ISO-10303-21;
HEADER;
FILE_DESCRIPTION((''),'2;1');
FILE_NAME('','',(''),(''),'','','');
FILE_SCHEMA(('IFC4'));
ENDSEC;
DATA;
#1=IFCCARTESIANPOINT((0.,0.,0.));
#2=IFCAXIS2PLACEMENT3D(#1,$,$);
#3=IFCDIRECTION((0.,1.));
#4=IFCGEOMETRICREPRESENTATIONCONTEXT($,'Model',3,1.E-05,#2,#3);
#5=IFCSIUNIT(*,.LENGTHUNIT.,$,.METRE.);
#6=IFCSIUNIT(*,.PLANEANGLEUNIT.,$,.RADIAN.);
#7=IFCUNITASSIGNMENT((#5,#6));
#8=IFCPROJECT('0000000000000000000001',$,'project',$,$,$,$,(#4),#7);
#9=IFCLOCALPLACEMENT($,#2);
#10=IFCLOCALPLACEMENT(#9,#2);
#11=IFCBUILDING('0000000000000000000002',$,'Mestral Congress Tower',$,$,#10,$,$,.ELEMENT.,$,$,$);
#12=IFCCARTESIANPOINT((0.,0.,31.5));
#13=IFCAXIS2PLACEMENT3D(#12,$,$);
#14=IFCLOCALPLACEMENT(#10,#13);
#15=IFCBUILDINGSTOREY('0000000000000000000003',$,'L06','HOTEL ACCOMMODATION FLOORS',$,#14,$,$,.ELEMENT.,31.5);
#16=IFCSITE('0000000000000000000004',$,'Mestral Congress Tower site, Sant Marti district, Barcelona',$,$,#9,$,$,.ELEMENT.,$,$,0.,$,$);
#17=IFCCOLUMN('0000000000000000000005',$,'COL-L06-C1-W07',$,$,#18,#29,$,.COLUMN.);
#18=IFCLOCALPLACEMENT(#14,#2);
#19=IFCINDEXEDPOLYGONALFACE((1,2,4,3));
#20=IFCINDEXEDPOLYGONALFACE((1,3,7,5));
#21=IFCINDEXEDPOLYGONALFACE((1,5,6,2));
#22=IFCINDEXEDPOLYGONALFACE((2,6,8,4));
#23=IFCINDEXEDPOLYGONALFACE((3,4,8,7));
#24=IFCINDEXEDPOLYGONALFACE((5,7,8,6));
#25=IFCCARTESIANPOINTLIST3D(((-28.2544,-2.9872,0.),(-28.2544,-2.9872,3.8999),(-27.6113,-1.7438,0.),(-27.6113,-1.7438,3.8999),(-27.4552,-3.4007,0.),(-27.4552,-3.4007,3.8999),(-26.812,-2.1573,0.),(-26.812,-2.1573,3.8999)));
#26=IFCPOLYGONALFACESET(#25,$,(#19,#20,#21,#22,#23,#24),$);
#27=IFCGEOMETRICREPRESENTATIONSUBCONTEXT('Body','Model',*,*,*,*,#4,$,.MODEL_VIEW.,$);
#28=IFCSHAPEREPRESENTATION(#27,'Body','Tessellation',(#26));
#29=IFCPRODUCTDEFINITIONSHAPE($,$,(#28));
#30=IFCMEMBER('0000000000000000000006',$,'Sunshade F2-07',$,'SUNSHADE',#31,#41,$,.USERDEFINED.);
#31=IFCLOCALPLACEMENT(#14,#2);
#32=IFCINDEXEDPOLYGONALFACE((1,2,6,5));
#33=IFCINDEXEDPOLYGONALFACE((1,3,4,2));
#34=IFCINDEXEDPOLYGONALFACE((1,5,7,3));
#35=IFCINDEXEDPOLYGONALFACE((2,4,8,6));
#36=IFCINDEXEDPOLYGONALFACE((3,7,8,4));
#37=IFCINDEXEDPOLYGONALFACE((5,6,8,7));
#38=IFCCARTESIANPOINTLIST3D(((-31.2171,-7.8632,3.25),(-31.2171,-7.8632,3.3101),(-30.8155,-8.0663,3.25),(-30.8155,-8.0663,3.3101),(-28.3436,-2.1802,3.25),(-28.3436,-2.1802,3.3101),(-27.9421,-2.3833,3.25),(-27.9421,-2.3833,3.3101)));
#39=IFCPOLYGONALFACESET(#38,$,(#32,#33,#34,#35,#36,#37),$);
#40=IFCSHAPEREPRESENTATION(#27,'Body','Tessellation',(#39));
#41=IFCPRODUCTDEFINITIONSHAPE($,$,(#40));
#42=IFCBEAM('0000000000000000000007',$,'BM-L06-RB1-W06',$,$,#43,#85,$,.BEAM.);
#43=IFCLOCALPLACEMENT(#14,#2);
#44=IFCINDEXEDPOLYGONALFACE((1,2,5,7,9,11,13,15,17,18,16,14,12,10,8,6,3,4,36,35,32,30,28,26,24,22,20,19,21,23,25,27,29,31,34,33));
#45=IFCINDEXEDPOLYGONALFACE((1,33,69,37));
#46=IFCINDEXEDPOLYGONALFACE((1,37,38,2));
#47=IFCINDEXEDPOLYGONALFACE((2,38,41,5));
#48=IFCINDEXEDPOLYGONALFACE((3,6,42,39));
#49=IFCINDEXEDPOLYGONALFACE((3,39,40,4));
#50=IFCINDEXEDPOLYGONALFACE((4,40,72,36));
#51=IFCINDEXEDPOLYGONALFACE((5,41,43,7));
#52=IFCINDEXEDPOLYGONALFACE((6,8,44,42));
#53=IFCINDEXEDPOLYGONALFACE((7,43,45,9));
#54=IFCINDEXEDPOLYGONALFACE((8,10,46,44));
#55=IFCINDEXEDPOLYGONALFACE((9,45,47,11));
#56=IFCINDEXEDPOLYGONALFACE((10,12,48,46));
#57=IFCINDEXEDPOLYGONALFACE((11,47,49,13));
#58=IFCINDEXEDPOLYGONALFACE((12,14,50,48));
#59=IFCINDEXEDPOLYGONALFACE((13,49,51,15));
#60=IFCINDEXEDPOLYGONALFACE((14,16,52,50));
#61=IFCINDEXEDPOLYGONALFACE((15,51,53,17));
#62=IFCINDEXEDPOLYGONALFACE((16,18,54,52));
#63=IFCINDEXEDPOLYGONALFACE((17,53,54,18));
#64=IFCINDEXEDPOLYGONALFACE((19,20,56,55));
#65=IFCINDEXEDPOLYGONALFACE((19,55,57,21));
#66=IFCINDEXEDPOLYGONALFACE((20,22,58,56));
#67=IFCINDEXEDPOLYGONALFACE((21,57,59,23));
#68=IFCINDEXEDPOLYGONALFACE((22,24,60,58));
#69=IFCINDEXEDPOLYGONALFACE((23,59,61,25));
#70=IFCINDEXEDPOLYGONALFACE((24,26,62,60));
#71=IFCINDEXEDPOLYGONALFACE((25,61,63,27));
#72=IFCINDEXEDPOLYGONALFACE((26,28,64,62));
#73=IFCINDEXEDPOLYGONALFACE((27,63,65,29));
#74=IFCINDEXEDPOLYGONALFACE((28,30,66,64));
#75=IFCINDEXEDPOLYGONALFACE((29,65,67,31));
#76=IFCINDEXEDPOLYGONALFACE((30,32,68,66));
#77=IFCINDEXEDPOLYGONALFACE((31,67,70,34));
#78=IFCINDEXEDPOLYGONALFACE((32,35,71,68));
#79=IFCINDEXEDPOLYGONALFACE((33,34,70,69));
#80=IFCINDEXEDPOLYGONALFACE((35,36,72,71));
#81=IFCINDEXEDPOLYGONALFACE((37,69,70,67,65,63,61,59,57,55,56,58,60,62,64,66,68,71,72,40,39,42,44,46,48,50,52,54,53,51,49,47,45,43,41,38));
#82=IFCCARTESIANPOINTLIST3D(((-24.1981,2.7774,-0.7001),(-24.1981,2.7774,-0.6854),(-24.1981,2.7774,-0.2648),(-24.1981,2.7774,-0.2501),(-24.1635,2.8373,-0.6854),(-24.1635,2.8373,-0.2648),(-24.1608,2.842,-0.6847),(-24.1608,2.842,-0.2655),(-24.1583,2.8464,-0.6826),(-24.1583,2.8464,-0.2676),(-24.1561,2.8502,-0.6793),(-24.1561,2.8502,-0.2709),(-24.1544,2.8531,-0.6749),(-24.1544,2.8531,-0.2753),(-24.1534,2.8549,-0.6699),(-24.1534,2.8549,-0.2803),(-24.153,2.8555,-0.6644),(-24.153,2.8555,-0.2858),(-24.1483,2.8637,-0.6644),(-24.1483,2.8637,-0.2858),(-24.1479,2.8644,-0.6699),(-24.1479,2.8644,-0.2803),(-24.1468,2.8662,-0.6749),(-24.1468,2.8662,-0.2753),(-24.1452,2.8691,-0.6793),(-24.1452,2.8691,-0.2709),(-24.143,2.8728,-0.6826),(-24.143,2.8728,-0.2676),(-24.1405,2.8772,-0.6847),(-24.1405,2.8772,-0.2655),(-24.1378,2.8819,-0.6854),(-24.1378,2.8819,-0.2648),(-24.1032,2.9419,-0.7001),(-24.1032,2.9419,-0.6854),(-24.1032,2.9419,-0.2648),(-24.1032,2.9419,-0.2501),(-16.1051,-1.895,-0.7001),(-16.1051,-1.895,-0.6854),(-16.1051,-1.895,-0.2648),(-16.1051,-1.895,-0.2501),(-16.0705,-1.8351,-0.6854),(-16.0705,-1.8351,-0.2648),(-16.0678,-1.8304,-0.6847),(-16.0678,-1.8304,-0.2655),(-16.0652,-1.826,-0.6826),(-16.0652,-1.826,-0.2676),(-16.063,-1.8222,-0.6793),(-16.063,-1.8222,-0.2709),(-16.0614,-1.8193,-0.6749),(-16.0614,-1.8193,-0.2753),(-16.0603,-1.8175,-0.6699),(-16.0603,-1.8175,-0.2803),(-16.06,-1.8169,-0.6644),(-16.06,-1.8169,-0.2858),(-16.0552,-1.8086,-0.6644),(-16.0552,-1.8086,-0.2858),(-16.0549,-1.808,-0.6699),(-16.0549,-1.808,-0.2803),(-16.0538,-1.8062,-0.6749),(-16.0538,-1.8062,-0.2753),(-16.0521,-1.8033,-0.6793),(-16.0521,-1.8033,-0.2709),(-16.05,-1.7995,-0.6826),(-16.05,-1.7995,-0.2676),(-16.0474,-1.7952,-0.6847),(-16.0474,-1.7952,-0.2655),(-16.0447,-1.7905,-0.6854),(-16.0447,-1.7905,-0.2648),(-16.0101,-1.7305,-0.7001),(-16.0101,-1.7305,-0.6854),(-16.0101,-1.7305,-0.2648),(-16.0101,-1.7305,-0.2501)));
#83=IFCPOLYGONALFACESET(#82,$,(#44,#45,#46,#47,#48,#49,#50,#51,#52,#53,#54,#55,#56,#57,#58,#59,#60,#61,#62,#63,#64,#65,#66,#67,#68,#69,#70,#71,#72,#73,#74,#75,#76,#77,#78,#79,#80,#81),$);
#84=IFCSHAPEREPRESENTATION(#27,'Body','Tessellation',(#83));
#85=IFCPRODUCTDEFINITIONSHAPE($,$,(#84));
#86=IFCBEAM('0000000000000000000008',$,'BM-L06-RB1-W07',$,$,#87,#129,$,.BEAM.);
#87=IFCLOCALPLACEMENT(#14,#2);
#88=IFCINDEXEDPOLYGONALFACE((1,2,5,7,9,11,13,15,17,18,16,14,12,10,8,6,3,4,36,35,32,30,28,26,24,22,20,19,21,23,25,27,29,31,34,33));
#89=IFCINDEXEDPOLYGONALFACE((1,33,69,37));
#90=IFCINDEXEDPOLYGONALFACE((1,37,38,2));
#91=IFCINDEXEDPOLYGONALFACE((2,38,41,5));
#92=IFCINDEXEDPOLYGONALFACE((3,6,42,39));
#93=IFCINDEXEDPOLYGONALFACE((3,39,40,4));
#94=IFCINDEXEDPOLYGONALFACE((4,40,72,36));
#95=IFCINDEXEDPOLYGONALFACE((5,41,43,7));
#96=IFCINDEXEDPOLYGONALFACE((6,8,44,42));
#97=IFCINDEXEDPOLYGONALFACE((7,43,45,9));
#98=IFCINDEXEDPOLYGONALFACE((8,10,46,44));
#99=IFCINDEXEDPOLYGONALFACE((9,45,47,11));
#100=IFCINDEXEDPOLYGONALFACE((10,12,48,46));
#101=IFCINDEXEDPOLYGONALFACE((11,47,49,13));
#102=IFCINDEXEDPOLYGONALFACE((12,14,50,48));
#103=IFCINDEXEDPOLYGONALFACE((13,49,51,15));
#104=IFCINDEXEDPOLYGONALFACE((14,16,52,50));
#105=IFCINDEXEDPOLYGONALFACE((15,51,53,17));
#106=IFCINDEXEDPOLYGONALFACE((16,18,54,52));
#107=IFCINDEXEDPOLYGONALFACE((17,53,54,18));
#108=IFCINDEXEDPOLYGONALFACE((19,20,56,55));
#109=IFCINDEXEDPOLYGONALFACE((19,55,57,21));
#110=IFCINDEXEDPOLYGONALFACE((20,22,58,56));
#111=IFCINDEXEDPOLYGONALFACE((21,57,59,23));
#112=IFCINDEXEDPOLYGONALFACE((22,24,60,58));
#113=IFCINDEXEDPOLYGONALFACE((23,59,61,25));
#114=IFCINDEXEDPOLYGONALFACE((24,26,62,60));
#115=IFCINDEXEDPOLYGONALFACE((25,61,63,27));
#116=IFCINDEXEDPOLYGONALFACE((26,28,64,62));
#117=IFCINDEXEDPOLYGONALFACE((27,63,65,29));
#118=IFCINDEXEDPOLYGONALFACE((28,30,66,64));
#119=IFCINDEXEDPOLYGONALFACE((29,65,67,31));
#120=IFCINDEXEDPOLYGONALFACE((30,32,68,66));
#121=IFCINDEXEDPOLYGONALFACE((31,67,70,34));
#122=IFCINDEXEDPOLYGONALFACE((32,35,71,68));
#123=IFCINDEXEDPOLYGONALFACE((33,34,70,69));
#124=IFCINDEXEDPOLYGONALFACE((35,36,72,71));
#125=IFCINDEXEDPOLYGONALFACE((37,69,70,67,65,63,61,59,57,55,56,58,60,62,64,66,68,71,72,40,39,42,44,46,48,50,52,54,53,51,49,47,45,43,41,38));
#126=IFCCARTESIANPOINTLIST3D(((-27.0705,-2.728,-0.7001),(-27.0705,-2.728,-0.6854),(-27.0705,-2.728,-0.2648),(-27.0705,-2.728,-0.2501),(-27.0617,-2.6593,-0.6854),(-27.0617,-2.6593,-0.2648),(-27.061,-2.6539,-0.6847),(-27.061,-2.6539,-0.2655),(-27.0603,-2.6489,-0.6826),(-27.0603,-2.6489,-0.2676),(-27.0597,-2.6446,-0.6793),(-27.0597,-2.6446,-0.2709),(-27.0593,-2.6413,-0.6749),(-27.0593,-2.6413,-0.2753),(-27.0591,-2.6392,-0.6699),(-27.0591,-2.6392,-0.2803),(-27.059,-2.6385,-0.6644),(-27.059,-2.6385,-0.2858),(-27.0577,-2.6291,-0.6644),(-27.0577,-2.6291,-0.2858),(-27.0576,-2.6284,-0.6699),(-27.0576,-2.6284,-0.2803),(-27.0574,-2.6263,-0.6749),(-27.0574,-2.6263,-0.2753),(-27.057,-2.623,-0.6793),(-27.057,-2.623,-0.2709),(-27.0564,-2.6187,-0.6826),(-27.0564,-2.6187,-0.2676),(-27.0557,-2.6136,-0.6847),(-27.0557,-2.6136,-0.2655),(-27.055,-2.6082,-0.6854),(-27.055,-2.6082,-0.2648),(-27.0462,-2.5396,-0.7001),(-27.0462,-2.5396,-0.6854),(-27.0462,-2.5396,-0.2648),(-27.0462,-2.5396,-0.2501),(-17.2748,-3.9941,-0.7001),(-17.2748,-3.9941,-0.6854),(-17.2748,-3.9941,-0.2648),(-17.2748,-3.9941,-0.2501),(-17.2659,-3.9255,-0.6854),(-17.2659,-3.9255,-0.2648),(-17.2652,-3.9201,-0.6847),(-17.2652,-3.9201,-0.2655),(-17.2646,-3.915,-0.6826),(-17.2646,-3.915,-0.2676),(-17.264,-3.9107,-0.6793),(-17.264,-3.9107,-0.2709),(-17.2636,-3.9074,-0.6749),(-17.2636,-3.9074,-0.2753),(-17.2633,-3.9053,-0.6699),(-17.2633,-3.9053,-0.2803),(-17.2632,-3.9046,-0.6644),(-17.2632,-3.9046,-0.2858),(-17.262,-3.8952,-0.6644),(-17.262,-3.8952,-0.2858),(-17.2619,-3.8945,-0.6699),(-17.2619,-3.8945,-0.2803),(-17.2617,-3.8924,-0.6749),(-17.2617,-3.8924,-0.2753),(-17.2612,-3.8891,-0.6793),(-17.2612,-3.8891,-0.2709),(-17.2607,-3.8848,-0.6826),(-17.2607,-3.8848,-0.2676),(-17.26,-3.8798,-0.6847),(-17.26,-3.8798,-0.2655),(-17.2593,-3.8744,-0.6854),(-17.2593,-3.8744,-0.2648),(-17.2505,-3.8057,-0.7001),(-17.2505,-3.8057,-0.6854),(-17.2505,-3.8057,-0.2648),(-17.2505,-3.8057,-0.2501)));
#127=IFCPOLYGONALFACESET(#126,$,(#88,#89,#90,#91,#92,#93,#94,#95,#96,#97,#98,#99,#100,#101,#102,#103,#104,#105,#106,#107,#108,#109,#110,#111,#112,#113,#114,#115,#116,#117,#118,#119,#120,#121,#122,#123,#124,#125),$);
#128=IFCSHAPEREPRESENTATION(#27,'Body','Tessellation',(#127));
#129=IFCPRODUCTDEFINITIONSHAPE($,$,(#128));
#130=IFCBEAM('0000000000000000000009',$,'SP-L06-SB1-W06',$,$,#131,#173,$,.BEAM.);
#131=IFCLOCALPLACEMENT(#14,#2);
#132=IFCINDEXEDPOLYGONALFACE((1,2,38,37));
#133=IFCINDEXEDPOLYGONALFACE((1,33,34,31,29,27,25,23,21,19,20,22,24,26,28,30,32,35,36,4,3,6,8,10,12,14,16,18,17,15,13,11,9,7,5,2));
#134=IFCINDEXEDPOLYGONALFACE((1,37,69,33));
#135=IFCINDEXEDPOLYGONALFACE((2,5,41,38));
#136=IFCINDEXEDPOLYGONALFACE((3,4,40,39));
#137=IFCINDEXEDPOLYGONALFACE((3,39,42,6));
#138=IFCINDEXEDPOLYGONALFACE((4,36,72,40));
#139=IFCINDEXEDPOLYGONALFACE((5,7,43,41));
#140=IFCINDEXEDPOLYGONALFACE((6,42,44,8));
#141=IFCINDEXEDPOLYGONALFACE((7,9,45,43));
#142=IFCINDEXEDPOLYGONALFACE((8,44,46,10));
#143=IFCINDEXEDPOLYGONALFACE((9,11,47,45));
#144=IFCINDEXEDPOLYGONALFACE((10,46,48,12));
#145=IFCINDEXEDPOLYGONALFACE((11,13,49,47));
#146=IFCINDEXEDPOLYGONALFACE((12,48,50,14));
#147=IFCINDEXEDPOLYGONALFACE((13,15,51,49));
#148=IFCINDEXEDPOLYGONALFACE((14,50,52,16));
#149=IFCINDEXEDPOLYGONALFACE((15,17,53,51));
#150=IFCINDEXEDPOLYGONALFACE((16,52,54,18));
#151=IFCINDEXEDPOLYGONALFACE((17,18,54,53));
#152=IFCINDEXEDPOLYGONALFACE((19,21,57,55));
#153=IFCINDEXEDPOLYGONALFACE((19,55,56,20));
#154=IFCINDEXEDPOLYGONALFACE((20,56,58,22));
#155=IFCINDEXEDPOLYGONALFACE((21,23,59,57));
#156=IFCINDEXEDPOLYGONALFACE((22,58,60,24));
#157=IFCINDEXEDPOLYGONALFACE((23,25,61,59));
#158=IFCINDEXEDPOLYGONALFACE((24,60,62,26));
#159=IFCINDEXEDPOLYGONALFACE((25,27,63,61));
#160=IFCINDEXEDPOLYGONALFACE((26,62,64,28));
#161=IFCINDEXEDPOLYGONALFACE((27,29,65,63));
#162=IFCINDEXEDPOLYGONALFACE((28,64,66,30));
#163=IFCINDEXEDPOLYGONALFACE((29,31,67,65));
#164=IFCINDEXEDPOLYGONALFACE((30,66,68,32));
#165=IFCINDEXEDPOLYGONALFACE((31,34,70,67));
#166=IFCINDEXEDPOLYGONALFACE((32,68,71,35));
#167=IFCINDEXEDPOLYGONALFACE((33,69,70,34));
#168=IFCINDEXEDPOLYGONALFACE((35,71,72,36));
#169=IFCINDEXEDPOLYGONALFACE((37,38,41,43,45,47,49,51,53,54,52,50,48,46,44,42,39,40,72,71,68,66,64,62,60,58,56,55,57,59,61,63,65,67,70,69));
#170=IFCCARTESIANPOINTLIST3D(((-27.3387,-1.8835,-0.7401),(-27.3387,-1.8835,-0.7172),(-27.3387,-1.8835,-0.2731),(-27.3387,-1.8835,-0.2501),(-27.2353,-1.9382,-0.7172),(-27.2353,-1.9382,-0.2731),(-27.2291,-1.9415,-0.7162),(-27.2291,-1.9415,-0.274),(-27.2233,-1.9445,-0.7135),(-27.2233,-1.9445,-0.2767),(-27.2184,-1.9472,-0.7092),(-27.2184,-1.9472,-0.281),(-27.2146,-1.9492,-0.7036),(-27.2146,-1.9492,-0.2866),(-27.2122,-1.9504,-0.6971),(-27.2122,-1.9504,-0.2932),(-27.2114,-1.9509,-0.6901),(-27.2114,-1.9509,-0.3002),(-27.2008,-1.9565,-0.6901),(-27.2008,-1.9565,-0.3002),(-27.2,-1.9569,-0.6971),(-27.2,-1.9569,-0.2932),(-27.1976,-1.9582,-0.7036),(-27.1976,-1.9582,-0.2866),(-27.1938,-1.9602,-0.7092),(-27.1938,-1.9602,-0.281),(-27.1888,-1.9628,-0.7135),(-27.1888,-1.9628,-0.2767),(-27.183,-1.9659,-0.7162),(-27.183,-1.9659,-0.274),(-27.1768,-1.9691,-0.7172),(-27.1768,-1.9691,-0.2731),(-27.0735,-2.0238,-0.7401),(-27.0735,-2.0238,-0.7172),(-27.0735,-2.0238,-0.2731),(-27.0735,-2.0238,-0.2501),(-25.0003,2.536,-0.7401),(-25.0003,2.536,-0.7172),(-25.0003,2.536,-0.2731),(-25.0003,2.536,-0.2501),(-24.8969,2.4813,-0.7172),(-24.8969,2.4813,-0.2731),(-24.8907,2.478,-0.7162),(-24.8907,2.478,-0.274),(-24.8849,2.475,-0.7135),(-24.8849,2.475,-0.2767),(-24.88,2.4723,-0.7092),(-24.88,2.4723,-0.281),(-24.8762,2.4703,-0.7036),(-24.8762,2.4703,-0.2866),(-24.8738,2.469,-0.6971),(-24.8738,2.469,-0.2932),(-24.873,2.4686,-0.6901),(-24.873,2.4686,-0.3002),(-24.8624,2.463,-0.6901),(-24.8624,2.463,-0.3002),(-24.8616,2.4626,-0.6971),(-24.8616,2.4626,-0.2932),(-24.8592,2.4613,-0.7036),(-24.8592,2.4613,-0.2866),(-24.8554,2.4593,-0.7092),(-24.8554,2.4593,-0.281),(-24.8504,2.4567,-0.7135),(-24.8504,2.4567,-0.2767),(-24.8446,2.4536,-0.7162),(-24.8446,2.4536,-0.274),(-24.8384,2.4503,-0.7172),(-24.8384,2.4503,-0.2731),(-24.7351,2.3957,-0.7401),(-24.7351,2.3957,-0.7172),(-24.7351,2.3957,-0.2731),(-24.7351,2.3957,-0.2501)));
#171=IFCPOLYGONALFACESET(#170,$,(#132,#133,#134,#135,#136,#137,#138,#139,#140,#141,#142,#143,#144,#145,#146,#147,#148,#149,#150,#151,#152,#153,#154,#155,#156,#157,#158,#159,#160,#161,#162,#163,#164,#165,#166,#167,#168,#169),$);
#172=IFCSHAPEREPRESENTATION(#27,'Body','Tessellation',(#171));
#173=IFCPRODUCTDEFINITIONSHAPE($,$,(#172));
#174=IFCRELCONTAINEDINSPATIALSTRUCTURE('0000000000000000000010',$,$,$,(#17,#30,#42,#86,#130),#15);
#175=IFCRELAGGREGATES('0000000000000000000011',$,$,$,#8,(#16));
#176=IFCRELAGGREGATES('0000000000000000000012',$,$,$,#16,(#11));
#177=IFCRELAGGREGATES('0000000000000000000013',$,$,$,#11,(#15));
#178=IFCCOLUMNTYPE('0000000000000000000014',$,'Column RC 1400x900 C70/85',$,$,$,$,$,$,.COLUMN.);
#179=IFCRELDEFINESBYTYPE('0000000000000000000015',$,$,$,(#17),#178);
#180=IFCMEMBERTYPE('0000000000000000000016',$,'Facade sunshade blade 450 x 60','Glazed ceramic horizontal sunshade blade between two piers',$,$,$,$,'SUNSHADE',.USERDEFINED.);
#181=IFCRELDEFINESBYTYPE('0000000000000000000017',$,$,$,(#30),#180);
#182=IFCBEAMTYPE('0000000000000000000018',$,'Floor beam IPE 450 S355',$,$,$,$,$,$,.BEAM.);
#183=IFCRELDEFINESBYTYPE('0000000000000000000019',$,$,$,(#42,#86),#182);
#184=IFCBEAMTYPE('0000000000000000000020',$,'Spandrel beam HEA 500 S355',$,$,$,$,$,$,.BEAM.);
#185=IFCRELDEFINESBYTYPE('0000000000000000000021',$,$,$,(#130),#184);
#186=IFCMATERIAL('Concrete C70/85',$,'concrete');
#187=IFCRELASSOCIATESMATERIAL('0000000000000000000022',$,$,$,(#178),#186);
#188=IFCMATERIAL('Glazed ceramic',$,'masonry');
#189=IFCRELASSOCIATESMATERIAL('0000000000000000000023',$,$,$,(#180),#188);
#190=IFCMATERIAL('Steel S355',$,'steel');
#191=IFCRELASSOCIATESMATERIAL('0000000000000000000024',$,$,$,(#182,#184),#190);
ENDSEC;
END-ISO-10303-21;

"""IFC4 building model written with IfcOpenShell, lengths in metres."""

from ifc_helpers import new_model, si_unit, direction, frame, origin, origin_2d, place, context, subcontext, project, spatial, rectangle, i_section, extrude, material, material_profile, profile_set, type_object, element, save


model = new_model("IFC4")

# Units and contexts
model_context = context("Model", 3, precision=1e-05, world=origin(), true_north=direction((0.0, 1.0)))
body_context = subcontext(model_context, "Body", "Model", "MODEL_VIEW")
ifc_project = project(units=[si_unit("LENGTHUNIT", "METRE"), si_unit("PLANEANGLEUNIT", "RADIAN")], contexts=[model_context])

# Site, building, storey
site_placement = place(None, origin())
site = spatial("IfcSite", under=ifc_project, at=site_placement, Name="Mestral Congress Tower site, Sant Marti district, Barcelona", CompositionType="ELEMENT", RefElevation=0.0)
building_placement = place(site_placement, origin())
building = spatial("IfcBuilding", under=site, at=building_placement, Name="Mestral Congress Tower", CompositionType="ELEMENT")
storey_placement = place(building_placement, frame((0.0, 0.0, 31.5)))
storey = spatial("IfcBuildingStorey", under=building, at=storey_placement, Name="L06", Description="HOTEL ACCOMMODATION FLOORS", CompositionType="ELEMENT", Elevation=31.5)

# Column
ifc_material_1 = material(Name="Concrete C70/85", Category="concrete")
ifc_material_profile_1 = material_profile(ifc_material_1, rectangle(XDim=1.3999, YDim=0.8999, at=origin_2d()), Name="RC 1400x900")
ifc_profile_set_1 = profile_set([ifc_material_profile_1], Name="Concrete C70/85")
column_type = type_object("IfcColumnType", Name="Column RC 1400x900 C70/85", PredefinedType="COLUMN", material=ifc_profile_set_1)
column_placement = place(storey_placement, frame((-27.5332, -2.5723, 0.0), z_axis=(0.0, 0.0, 1.0), x_axis=(-0.459456, -0.888201, 0.0)))
element("IfcColumn", 1, at=column_placement, inside=storey, type_object=column_type, Name="COL-L06-C1-W07", PredefinedType="COLUMN", context=body_context, shape_type="SweptSolid", body=[
    extrude(rectangle(XDim=1.3999, YDim=0.8999, at=origin_2d()), origin(), (0.0, 0.0, 1.0), 3.8999),
])

# Member
ifc_material_2 = material(Name="Glazed ceramic", Category="masonry")
ifc_material_profile_2 = material_profile(ifc_material_2, rectangle(XDim=0.45, YDim=0.0601, at=origin_2d()), Name="Ceramic blade 450 x 60")
ifc_profile_set_2 = profile_set([ifc_material_profile_2], Name="Glazed ceramic")
member_type = type_object("IfcMemberType", Name="Facade sunshade blade 450 x 60", Description="Glazed ceramic horizontal sunshade blade between two piers", ElementType="SUNSHADE", PredefinedType="USERDEFINED", material=ifc_profile_set_2)
member_placement = place(storey_placement, frame((-28.1428, -2.2817, 3.28), z_axis=(-0.451227, -0.892409, 0.0), x_axis=(0.892409, -0.451227, 0.0)))
element("IfcMember", 2, at=member_placement, inside=storey, type_object=member_type, Name="Sunshade F2-07", ObjectType="SUNSHADE", PredefinedType="USERDEFINED", context=body_context, shape_type="SweptSolid", body=[
    extrude(rectangle(XDim=0.45, YDim=0.0601, at=origin_2d()), origin(), (0.0, 0.0, 1.0), 6.3682),
])

# Beams
ifc_material_3 = material(Name="Steel S355", Category="steel")
ifc_material_profile_3 = material_profile(ifc_material_3, i_section(OverallWidth=0.1899, OverallDepth=0.45, WebThickness=0.0095, FlangeThickness=0.0146, FilletRadius=0.021, at=origin_2d()), Name="IPE 450")
ifc_profile_set_3 = profile_set([ifc_material_profile_3], Name="Steel S355")
beam_type_1 = type_object("IfcBeamType", Name="Floor beam IPE 450 S355", PredefinedType="BEAM", material=ifc_profile_set_3)
beam_1_placement = place(storey_placement, frame((-24.1506, 2.8596, -0.4751), z_axis=(0.866032, -0.499989, 0.0), x_axis=(0.499989, 0.866032, 0.0)))
element("IfcBeam", 3, at=beam_1_placement, inside=storey, type_object=beam_type_1, Name="BM-L06-RB1-W06", PredefinedType="BEAM", context=body_context, shape_type="SweptSolid", body=[
    extrude(i_section(OverallWidth=0.1899, OverallDepth=0.45, WebThickness=0.0095, FlangeThickness=0.0146, FilletRadius=0.021, at=origin_2d()), origin(), (0.0, 0.0, 1.0), 9.345),
])
beam_2_placement = place(storey_placement, frame((-27.0583, -2.6338, -0.4751), z_axis=(0.99175, -0.128186, 0.0), x_axis=(0.128186, 0.99175, 0.0)))
element("IfcBeam", 4, at=beam_2_placement, inside=storey, type_object=beam_type_1, Name="BM-L06-RB1-W07", PredefinedType="BEAM", context=body_context, shape_type="SweptSolid", body=[
    extrude(i_section(OverallWidth=0.1899, OverallDepth=0.45, WebThickness=0.0095, FlangeThickness=0.0146, FilletRadius=0.021, at=origin_2d()), origin(), (0.0, 0.0, 1.0), 9.8772),
])
ifc_material_profile_4 = material_profile(ifc_material_3, i_section(OverallWidth=0.3, OverallDepth=0.49, WebThickness=0.012, FlangeThickness=0.0229, FilletRadius=0.0271, at=origin_2d()), Name="HEA 500")
ifc_profile_set_4 = profile_set([ifc_material_profile_4], Name="Steel S355")
beam_type_2 = type_object("IfcBeamType", Name="Spandrel beam HEA 500 S355", PredefinedType="BEAM", material=ifc_profile_set_4)
beam_3_placement = place(storey_placement, frame((-24.8677, 2.4658, -0.4951), z_axis=(-0.467681, -0.883897, 0.0), x_axis=(0.883897, -0.467681, 0.0)))
element("IfcBeam", 5, at=beam_3_placement, inside=storey, type_object=beam_type_2, Name="SP-L06-SB1-W06", PredefinedType="BEAM", context=body_context, shape_type="SweptSolid", body=[
    extrude(i_section(OverallWidth=0.3, OverallDepth=0.49, WebThickness=0.012, FlangeThickness=0.0229, FilletRadius=0.0271, at=origin_2d()), origin(), (0.0, 0.0, 1.0), 5.0),
])

save(model, "model.ifc")
